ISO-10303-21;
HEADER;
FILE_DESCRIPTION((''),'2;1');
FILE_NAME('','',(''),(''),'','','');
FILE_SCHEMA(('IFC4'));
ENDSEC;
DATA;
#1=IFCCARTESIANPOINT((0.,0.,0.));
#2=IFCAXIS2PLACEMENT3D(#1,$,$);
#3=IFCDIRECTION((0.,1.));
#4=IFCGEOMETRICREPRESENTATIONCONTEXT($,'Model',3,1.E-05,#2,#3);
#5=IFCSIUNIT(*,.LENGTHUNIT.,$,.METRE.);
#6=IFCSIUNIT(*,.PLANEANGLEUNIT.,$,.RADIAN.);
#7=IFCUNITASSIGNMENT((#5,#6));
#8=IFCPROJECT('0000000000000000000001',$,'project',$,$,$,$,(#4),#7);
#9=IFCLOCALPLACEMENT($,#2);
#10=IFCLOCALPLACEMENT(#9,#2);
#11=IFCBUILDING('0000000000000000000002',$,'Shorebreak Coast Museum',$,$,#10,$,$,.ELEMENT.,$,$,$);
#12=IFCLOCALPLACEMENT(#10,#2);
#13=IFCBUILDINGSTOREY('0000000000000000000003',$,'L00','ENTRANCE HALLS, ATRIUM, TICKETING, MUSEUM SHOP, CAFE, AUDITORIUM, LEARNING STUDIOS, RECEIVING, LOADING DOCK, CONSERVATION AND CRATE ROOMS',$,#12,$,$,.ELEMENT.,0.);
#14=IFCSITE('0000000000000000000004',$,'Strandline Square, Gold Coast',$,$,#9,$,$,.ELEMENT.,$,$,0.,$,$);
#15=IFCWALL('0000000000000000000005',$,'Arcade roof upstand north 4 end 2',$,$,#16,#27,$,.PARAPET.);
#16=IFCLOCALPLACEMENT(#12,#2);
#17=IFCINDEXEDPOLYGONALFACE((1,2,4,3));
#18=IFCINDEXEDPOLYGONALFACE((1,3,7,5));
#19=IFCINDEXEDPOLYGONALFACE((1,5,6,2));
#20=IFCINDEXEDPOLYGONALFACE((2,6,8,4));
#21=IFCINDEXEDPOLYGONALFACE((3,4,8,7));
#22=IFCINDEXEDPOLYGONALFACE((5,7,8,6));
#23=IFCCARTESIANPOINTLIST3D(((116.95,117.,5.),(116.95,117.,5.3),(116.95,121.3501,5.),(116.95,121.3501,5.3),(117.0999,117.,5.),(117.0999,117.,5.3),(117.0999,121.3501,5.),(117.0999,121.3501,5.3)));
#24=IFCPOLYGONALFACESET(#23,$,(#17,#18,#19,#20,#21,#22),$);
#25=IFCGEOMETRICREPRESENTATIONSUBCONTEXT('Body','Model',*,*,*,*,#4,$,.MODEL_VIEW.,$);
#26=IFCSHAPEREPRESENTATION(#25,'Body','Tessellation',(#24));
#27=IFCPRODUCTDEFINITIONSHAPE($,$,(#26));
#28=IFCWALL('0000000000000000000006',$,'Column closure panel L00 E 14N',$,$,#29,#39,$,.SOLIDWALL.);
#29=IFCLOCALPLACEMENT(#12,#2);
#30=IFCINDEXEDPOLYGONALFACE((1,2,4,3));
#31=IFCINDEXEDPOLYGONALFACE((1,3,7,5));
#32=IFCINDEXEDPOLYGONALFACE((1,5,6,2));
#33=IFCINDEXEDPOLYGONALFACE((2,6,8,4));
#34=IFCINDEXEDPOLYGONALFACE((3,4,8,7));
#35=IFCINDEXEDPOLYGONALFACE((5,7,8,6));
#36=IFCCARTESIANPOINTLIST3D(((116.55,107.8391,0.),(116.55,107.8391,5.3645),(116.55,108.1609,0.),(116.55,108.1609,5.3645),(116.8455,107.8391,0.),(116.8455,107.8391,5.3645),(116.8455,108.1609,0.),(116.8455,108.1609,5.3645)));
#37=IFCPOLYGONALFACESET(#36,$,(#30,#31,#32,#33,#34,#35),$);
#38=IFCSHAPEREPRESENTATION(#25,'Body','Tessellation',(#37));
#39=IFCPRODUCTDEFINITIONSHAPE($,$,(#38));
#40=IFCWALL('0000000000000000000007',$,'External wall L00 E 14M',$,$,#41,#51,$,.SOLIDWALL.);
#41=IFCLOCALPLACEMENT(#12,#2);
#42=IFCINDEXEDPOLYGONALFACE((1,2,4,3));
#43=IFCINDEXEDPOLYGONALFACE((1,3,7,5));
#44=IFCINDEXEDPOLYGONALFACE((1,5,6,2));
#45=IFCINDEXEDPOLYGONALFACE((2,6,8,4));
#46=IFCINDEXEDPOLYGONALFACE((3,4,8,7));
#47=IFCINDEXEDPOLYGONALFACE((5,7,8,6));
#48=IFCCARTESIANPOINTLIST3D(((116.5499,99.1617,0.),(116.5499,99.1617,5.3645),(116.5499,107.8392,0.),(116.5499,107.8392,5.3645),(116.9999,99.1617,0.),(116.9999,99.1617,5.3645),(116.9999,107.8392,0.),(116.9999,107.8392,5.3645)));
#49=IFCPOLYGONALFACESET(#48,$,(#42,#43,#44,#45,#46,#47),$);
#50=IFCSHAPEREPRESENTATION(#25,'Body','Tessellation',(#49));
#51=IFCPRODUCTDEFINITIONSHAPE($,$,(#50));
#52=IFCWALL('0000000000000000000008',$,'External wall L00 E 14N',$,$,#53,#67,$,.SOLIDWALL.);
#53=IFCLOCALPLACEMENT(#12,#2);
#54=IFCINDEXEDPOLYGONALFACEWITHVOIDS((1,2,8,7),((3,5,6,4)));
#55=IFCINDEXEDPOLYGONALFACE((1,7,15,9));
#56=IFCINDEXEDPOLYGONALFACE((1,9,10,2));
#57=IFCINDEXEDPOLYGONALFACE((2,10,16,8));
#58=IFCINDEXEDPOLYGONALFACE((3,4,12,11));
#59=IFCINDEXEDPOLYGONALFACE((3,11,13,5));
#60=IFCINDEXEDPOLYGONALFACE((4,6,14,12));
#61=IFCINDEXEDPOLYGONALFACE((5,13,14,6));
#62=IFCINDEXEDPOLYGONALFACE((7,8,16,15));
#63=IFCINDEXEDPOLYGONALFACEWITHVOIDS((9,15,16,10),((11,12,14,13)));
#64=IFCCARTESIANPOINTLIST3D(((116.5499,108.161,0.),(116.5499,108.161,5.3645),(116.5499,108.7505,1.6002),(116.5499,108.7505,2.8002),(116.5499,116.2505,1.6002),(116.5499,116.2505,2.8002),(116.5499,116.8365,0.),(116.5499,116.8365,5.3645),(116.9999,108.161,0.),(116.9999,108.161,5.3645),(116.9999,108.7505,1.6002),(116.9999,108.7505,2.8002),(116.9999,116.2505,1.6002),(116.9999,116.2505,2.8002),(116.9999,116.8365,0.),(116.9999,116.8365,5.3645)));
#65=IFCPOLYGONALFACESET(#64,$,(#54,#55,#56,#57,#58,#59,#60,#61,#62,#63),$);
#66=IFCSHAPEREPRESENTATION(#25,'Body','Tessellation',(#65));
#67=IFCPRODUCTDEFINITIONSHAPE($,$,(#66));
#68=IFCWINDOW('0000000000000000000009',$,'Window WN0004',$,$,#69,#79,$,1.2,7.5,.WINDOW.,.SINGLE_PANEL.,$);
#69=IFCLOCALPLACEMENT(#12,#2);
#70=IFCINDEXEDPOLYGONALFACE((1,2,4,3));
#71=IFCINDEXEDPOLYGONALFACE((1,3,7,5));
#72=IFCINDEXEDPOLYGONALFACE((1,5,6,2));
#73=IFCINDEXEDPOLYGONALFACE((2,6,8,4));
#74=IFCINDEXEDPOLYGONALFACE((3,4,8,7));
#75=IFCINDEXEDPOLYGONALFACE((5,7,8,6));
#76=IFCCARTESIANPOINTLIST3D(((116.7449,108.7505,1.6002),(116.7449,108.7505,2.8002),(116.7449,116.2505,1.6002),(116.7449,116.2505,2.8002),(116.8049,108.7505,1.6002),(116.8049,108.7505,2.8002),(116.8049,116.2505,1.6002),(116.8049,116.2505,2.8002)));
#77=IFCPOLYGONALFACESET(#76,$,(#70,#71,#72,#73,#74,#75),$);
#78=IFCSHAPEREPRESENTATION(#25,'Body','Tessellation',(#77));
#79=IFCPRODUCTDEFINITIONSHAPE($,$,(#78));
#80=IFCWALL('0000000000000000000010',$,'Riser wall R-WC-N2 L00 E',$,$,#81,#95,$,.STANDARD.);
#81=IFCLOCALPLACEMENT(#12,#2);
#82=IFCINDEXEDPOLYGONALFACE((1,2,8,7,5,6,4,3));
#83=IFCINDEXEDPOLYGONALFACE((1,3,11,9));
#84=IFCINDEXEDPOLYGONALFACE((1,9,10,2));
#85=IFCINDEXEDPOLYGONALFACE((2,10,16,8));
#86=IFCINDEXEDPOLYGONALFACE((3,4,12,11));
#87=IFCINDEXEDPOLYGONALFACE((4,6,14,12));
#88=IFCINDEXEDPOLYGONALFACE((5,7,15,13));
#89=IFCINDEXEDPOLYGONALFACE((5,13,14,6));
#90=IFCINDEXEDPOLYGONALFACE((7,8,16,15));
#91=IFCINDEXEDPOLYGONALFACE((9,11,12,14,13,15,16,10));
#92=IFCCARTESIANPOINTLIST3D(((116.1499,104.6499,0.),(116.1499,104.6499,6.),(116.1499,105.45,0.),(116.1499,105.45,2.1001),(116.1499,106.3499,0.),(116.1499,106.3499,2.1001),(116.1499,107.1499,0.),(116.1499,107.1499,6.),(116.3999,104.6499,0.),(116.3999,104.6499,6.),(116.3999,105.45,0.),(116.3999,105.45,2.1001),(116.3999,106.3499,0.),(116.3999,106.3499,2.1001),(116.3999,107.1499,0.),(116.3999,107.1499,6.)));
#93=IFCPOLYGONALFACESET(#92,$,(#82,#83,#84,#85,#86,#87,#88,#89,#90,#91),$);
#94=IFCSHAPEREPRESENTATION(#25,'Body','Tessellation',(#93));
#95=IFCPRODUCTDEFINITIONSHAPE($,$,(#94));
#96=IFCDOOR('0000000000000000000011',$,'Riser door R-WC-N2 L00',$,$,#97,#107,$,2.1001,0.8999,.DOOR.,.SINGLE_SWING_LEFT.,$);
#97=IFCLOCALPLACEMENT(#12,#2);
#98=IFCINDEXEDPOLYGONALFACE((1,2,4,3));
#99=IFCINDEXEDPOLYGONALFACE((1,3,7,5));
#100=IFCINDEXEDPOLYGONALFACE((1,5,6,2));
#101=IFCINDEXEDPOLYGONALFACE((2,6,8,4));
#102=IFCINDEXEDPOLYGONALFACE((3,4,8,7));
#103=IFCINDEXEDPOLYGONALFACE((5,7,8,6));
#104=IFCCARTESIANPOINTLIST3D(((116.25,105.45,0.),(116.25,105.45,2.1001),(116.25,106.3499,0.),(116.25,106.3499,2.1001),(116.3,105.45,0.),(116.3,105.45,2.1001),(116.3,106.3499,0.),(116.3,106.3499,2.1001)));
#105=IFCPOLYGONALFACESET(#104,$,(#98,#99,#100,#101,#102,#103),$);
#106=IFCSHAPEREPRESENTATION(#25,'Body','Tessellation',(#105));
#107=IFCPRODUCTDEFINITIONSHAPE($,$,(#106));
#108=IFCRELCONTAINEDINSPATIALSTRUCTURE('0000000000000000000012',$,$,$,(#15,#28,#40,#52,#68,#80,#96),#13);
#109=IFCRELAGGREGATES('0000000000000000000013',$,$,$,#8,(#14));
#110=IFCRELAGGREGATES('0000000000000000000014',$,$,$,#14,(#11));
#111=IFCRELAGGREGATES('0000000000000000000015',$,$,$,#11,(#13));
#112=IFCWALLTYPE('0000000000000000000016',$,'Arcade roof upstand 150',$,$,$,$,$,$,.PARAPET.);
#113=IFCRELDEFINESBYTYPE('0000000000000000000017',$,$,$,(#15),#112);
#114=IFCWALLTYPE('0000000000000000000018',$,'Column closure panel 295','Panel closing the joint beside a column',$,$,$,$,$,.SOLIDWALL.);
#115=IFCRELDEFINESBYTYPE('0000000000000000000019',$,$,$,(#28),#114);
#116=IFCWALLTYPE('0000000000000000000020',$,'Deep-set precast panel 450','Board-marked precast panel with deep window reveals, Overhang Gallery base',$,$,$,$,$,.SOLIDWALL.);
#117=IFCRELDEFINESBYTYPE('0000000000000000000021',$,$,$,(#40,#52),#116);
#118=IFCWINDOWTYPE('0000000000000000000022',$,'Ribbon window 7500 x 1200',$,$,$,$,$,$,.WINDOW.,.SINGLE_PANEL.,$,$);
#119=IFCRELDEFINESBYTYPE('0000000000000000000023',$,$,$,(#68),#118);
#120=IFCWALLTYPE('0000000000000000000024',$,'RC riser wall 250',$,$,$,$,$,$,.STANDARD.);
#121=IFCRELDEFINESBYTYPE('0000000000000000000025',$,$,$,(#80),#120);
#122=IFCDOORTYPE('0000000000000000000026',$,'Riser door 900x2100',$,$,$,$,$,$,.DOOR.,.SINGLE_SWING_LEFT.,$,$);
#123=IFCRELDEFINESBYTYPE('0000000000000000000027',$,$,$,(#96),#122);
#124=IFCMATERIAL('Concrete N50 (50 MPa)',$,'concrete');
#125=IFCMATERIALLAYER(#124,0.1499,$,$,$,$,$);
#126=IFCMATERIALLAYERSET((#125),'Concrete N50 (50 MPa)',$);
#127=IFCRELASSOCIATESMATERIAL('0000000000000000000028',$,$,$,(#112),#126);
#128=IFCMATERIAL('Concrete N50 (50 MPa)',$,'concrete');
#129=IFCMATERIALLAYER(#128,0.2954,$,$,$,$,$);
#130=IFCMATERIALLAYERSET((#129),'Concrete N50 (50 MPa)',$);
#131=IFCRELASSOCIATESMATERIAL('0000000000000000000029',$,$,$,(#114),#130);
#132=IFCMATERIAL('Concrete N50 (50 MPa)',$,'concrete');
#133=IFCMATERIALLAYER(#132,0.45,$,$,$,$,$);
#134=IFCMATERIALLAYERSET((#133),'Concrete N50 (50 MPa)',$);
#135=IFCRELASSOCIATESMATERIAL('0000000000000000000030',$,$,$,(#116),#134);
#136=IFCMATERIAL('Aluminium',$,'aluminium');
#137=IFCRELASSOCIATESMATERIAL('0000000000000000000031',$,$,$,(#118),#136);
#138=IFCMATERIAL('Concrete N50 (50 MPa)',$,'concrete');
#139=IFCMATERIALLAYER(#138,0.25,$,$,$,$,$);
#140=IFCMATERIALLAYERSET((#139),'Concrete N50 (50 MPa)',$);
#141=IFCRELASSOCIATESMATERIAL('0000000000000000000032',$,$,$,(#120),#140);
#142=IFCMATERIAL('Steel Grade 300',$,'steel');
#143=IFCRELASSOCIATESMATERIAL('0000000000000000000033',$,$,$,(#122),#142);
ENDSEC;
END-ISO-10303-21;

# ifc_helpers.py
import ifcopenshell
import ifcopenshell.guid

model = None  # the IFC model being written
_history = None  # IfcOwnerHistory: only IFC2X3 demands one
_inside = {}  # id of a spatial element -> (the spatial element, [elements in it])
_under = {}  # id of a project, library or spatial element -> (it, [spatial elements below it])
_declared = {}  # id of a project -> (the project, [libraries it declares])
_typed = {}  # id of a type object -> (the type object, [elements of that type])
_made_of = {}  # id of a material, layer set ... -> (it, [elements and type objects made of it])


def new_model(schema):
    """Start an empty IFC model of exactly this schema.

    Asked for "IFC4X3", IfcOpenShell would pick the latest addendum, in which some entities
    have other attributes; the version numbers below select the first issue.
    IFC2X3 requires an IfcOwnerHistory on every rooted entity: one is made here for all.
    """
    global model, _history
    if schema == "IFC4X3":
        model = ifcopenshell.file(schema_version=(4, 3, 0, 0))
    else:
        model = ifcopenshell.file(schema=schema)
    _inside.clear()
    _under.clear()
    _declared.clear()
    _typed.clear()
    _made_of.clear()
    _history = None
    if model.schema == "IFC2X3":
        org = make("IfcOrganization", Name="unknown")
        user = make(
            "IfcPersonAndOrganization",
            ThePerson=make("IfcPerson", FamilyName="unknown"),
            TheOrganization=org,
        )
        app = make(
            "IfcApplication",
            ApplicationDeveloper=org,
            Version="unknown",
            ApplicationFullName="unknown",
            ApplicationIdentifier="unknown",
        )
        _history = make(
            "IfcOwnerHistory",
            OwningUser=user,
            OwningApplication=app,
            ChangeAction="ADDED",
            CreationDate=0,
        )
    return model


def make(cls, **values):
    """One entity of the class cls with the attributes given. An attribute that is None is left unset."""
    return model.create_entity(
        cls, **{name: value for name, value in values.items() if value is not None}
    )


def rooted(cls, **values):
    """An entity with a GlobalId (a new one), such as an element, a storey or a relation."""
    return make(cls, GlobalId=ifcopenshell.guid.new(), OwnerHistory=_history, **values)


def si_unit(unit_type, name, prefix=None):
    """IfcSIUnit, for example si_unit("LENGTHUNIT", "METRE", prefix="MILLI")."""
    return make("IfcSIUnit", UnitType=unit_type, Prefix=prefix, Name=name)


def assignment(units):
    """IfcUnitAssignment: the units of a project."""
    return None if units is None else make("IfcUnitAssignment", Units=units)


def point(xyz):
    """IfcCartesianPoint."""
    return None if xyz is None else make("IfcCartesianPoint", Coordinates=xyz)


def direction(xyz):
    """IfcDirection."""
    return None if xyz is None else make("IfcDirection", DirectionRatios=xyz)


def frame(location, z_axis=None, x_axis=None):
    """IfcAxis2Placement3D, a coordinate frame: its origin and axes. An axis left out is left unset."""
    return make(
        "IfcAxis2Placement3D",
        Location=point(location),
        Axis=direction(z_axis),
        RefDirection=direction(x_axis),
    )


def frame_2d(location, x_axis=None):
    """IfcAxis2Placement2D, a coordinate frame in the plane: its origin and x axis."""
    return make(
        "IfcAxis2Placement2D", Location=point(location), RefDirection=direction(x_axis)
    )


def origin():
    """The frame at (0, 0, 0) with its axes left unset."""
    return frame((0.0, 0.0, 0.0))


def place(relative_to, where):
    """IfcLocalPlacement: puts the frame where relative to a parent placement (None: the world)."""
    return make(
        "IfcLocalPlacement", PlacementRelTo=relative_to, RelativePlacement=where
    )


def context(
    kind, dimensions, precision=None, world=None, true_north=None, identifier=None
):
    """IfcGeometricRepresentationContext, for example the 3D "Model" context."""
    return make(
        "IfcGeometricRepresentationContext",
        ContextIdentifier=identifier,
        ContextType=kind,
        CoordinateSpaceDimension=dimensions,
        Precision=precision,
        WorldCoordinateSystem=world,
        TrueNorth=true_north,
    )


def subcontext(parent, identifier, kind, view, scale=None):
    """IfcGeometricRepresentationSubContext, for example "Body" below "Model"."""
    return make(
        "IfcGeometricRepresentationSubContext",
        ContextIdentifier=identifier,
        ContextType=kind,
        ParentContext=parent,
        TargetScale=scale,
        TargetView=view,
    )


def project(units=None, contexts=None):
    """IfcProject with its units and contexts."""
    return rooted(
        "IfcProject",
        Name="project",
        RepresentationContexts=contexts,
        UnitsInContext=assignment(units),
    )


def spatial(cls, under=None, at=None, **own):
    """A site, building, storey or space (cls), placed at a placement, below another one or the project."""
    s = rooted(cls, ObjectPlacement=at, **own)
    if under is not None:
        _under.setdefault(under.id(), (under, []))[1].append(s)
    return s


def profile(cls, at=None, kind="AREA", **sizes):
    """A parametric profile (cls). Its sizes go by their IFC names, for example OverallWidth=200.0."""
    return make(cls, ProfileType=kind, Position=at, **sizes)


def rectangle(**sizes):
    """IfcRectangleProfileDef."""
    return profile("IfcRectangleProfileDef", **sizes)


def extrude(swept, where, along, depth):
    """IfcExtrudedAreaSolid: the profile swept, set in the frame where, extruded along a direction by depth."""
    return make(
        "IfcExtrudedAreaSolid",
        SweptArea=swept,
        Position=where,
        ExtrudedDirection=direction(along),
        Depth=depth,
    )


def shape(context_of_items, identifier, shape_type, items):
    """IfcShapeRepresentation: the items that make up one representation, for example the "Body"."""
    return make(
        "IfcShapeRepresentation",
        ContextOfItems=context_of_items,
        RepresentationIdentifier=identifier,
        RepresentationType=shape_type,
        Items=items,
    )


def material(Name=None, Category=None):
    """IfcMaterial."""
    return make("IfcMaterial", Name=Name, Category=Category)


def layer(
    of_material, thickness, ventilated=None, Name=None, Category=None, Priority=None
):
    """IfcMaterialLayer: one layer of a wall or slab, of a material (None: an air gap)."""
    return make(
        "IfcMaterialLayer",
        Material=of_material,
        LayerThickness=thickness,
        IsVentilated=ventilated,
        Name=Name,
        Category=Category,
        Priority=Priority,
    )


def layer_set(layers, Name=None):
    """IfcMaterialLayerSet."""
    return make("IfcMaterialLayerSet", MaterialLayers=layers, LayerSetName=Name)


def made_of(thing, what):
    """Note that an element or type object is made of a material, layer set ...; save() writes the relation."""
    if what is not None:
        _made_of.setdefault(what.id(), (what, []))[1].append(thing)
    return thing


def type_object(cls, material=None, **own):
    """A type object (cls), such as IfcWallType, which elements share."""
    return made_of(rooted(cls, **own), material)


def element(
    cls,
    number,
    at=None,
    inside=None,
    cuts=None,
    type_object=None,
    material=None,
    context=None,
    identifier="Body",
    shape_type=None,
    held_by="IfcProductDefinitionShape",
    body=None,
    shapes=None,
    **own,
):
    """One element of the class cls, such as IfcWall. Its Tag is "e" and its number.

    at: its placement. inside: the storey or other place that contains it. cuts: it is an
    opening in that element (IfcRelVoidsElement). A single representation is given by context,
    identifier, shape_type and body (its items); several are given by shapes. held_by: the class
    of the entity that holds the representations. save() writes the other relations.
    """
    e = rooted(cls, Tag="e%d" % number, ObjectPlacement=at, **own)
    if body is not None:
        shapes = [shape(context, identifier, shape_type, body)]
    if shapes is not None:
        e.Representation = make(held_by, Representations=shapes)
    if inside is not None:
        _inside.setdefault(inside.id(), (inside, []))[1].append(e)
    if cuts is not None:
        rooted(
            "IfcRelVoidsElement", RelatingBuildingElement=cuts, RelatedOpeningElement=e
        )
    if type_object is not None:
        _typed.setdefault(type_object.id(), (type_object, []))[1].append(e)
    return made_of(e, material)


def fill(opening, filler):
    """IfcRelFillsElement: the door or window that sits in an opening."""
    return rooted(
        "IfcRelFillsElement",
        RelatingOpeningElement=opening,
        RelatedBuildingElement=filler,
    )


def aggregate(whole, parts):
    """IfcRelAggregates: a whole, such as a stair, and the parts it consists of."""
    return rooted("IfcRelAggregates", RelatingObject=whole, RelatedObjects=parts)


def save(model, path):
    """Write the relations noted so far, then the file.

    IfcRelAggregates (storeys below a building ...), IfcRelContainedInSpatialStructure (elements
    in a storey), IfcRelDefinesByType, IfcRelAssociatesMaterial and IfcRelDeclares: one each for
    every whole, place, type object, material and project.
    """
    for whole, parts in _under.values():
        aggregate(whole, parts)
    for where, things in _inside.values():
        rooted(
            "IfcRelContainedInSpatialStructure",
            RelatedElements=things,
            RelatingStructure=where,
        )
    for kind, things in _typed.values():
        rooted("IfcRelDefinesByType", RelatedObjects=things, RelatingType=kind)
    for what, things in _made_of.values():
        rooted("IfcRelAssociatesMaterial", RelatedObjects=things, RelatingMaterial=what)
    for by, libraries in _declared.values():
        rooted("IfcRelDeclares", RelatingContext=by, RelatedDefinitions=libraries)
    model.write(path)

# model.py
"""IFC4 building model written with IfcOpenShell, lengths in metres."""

from ifc_helpers import new_model, si_unit, direction, frame, frame_2d, origin, place, context, subcontext, project, spatial, rectangle, extrude, material, layer, layer_set, type_object, element, fill, save


model = new_model("IFC4")

# Units and contexts
model_context = context("Model", 3, precision=1e-05, world=origin(), true_north=direction((0.0, 1.0)))
body_context = subcontext(model_context, "Body", "Model", "MODEL_VIEW")
ifc_project = project(units=[si_unit("LENGTHUNIT", "METRE"), si_unit("PLANEANGLEUNIT", "RADIAN")], contexts=[model_context])

# Site, building, storey
site_placement = place(None, origin())
site = spatial("IfcSite", under=ifc_project, at=site_placement, Name="Strandline Square, Gold Coast", CompositionType="ELEMENT", RefElevation=0.0)
building_placement = place(site_placement, origin())
building = spatial("IfcBuilding", under=site, at=building_placement, Name="Shorebreak Coast Museum", CompositionType="ELEMENT")
storey_placement = place(building_placement, origin())
storey = spatial("IfcBuildingStorey", under=building, at=storey_placement, Name="L00", Description="ENTRANCE HALLS, ATRIUM, TICKETING, MUSEUM SHOP, CAFE, AUDITORIUM, LEARNING STUDIOS, RECEIVING, LOADING DOCK, CONSERVATION AND CRATE ROOMS", CompositionType="ELEMENT", Elevation=0.0)

# Walls
ifc_material_1 = material(Name="Concrete N50 (50 MPa)", Category="concrete")
ifc_layer_1 = layer(ifc_material_1, 0.1499)
ifc_layer_set_1 = layer_set([ifc_layer_1], Name="Concrete N50 (50 MPa)")
wall_type_1 = type_object("IfcWallType", Name="Arcade roof upstand 150", PredefinedType="PARAPET", material=ifc_layer_set_1)
wall_1_placement = place(storey_placement, frame((117.0249, 117.0, 5.0), z_axis=(0.0, 0.0, 1.0), x_axis=(0.0, 1.0, 0.0)))
element("IfcWall", 1, at=wall_1_placement, inside=storey, type_object=wall_type_1, Name="Arcade roof upstand north 4 end 2", PredefinedType="PARAPET", context=body_context, shape_type="SweptSolid", body=[
    extrude(rectangle(XDim=4.3501, YDim=0.1499, at=frame_2d((2.175, 0.0))), origin(), (0.0, 0.0, 1.0), 0.3),
])
ifc_material_2 = material(Name="Concrete N50 (50 MPa)", Category="concrete")
ifc_layer_2 = layer(ifc_material_2, 0.2954)
ifc_layer_set_2 = layer_set([ifc_layer_2], Name="Concrete N50 (50 MPa)")
wall_type_2 = type_object("IfcWallType", Name="Column closure panel 295", Description="Panel closing the joint beside a column", PredefinedType="SOLIDWALL", material=ifc_layer_set_2)
wall_2_placement = place(storey_placement, frame((116.6978, 107.8391, 0.0), z_axis=(0.0, 0.0, 1.0), x_axis=(0.0, 1.0, 0.0)))
element("IfcWall", 2, at=wall_2_placement, inside=storey, type_object=wall_type_2, Name="Column closure panel L00 E 14N", PredefinedType="SOLIDWALL", context=body_context, shape_type="SweptSolid", body=[
    extrude(rectangle(XDim=0.3218, YDim=0.2954, at=frame_2d((0.1609, 0.0))), origin(), (0.0, 0.0, 1.0), 5.3645),
])
ifc_material_3 = material(Name="Concrete N50 (50 MPa)", Category="concrete")
ifc_layer_3 = layer(ifc_material_3, 0.45)
ifc_layer_set_3 = layer_set([ifc_layer_3], Name="Concrete N50 (50 MPa)")
wall_type_3 = type_object("IfcWallType", Name="Deep-set precast panel 450", Description="Board-marked precast panel with deep window reveals, Overhang Gallery base", PredefinedType="SOLIDWALL", material=ifc_layer_set_3)
wall_3_placement = place(storey_placement, frame((116.7749, 99.1616, 0.0), z_axis=(0.0, 0.0, 1.0), x_axis=(0.0, 1.0, 0.0)))
element("IfcWall", 3, at=wall_3_placement, inside=storey, type_object=wall_type_3, Name="External wall L00 E 14M", PredefinedType="SOLIDWALL", context=body_context, shape_type="SweptSolid", body=[
    extrude(rectangle(XDim=8.6775, YDim=0.45, at=frame_2d((4.3389, 0.0))), origin(), (0.0, 0.0, 1.0), 5.3645),
])

# Wall, opening, window
wall_4_placement = place(storey_placement, frame((116.7749, 108.1609, 0.0), z_axis=(0.0, 0.0, 1.0), x_axis=(0.0, 1.0, 0.0)))
wall_4 = element("IfcWall", 4, at=wall_4_placement, inside=storey, type_object=wall_type_3, Name="External wall L00 E 14N", PredefinedType="SOLIDWALL", context=body_context, shape_type="SweptSolid", body=[
    extrude(rectangle(XDim=8.6755, YDim=0.45, at=frame_2d((4.3379, 0.0))), origin(), (0.0, 0.0, 1.0), 5.3645),
])
opening_1_placement = place(wall_4_placement, frame((0.5896, 0.0, 1.6001)))
opening_1 = element("IfcOpeningElement", 5, at=opening_1_placement, cuts=wall_4, PredefinedType="OPENING", context=body_context, shape_type="SweptSolid", body=[
    extrude(rectangle(XDim=7.5, YDim=1.2, at=frame_2d((3.75, 0.6001))), frame((0.0, 0.2349, 0.0), z_axis=(0.0, -1.0, 0.0), x_axis=(1.0, 0.0, 0.0)), (0.0, 0.0, 1.0), 0.47),
])
ifc_material_4 = material(Name="Aluminium", Category="aluminium")
window_type = type_object("IfcWindowType", Name="Ribbon window 7500 x 1200", PartitioningType="SINGLE_PANEL", PredefinedType="WINDOW", material=ifc_material_4)
window_placement = place(opening_1_placement, origin())
window = element("IfcWindow", 6, at=window_placement, inside=storey, type_object=window_type, Name="Window WN0004", OverallHeight=1.2, OverallWidth=7.5, PartitioningType="SINGLE_PANEL", PredefinedType="WINDOW", context=body_context, shape_type="SweptSolid", body=[
    extrude(rectangle(XDim=7.5, YDim=1.2, at=frame_2d((3.75, 0.6001))), frame((0.0, 0.03, 0.0), z_axis=(0.0, -1.0, 0.0), x_axis=(1.0, 0.0, 0.0)), (0.0, 0.0, 1.0), 0.0601),
])
fill(opening_1, window)

# Wall, opening, door
ifc_material_5 = material(Name="Concrete N50 (50 MPa)", Category="concrete")
ifc_layer_4 = layer(ifc_material_5, 0.25)
ifc_layer_set_4 = layer_set([ifc_layer_4], Name="Concrete N50 (50 MPa)")
wall_type_4 = type_object("IfcWallType", Name="RC riser wall 250", PredefinedType="STANDARD", material=ifc_layer_set_4)
wall_5_placement = place(storey_placement, frame((116.2749, 104.6499, 0.0), z_axis=(0.0, 0.0, 1.0), x_axis=(0.0, 1.0, 0.0)))
wall_5 = element("IfcWall", 7, at=wall_5_placement, inside=storey, type_object=wall_type_4, Name="Riser wall R-WC-N2 L00 E", PredefinedType="STANDARD", context=body_context, shape_type="SweptSolid", body=[
    extrude(rectangle(XDim=2.5, YDim=0.25, at=frame_2d((1.25, 0.0))), origin(), (0.0, 0.0, 1.0), 6.0),
])
opening_2_placement = place(wall_5_placement, frame((0.8, 0.0, 0.0)))
opening_2 = element("IfcOpeningElement", 8, at=opening_2_placement, cuts=wall_5, PredefinedType="OPENING", context=body_context, shape_type="SweptSolid", body=[
    extrude(rectangle(XDim=0.8999, YDim=2.1001, at=frame_2d((0.45, 1.05))), frame((0.0, 0.135, 0.0), z_axis=(0.0, -1.0, 0.0), x_axis=(1.0, 0.0, 0.0)), (0.0, 0.0, 1.0), 0.27),
])
ifc_material_6 = material(Name="Steel Grade 300", Category="steel")
door_type = type_object("IfcDoorType", Name="Riser door 900x2100", OperationType="SINGLE_SWING_LEFT", PredefinedType="DOOR", material=ifc_material_6)
door_placement = place(opening_2_placement, origin())
door = element("IfcDoor", 9, at=door_placement, inside=storey, type_object=door_type, Name="Riser door R-WC-N2 L00", OperationType="SINGLE_SWING_LEFT", OverallHeight=2.1001, OverallWidth=0.8999, PredefinedType="DOOR", context=body_context, shape_type="SweptSolid", body=[
    extrude(rectangle(XDim=0.8999, YDim=2.1001, at=frame_2d((0.45, 1.05))), frame((0.0, 0.0249, 0.0), z_axis=(0.0, -1.0, 0.0), x_axis=(1.0, 0.0, 0.0)), (0.0, 0.0, 1.0), 0.05),
])
fill(opening_2, door)

save(model, "model.ifc")
